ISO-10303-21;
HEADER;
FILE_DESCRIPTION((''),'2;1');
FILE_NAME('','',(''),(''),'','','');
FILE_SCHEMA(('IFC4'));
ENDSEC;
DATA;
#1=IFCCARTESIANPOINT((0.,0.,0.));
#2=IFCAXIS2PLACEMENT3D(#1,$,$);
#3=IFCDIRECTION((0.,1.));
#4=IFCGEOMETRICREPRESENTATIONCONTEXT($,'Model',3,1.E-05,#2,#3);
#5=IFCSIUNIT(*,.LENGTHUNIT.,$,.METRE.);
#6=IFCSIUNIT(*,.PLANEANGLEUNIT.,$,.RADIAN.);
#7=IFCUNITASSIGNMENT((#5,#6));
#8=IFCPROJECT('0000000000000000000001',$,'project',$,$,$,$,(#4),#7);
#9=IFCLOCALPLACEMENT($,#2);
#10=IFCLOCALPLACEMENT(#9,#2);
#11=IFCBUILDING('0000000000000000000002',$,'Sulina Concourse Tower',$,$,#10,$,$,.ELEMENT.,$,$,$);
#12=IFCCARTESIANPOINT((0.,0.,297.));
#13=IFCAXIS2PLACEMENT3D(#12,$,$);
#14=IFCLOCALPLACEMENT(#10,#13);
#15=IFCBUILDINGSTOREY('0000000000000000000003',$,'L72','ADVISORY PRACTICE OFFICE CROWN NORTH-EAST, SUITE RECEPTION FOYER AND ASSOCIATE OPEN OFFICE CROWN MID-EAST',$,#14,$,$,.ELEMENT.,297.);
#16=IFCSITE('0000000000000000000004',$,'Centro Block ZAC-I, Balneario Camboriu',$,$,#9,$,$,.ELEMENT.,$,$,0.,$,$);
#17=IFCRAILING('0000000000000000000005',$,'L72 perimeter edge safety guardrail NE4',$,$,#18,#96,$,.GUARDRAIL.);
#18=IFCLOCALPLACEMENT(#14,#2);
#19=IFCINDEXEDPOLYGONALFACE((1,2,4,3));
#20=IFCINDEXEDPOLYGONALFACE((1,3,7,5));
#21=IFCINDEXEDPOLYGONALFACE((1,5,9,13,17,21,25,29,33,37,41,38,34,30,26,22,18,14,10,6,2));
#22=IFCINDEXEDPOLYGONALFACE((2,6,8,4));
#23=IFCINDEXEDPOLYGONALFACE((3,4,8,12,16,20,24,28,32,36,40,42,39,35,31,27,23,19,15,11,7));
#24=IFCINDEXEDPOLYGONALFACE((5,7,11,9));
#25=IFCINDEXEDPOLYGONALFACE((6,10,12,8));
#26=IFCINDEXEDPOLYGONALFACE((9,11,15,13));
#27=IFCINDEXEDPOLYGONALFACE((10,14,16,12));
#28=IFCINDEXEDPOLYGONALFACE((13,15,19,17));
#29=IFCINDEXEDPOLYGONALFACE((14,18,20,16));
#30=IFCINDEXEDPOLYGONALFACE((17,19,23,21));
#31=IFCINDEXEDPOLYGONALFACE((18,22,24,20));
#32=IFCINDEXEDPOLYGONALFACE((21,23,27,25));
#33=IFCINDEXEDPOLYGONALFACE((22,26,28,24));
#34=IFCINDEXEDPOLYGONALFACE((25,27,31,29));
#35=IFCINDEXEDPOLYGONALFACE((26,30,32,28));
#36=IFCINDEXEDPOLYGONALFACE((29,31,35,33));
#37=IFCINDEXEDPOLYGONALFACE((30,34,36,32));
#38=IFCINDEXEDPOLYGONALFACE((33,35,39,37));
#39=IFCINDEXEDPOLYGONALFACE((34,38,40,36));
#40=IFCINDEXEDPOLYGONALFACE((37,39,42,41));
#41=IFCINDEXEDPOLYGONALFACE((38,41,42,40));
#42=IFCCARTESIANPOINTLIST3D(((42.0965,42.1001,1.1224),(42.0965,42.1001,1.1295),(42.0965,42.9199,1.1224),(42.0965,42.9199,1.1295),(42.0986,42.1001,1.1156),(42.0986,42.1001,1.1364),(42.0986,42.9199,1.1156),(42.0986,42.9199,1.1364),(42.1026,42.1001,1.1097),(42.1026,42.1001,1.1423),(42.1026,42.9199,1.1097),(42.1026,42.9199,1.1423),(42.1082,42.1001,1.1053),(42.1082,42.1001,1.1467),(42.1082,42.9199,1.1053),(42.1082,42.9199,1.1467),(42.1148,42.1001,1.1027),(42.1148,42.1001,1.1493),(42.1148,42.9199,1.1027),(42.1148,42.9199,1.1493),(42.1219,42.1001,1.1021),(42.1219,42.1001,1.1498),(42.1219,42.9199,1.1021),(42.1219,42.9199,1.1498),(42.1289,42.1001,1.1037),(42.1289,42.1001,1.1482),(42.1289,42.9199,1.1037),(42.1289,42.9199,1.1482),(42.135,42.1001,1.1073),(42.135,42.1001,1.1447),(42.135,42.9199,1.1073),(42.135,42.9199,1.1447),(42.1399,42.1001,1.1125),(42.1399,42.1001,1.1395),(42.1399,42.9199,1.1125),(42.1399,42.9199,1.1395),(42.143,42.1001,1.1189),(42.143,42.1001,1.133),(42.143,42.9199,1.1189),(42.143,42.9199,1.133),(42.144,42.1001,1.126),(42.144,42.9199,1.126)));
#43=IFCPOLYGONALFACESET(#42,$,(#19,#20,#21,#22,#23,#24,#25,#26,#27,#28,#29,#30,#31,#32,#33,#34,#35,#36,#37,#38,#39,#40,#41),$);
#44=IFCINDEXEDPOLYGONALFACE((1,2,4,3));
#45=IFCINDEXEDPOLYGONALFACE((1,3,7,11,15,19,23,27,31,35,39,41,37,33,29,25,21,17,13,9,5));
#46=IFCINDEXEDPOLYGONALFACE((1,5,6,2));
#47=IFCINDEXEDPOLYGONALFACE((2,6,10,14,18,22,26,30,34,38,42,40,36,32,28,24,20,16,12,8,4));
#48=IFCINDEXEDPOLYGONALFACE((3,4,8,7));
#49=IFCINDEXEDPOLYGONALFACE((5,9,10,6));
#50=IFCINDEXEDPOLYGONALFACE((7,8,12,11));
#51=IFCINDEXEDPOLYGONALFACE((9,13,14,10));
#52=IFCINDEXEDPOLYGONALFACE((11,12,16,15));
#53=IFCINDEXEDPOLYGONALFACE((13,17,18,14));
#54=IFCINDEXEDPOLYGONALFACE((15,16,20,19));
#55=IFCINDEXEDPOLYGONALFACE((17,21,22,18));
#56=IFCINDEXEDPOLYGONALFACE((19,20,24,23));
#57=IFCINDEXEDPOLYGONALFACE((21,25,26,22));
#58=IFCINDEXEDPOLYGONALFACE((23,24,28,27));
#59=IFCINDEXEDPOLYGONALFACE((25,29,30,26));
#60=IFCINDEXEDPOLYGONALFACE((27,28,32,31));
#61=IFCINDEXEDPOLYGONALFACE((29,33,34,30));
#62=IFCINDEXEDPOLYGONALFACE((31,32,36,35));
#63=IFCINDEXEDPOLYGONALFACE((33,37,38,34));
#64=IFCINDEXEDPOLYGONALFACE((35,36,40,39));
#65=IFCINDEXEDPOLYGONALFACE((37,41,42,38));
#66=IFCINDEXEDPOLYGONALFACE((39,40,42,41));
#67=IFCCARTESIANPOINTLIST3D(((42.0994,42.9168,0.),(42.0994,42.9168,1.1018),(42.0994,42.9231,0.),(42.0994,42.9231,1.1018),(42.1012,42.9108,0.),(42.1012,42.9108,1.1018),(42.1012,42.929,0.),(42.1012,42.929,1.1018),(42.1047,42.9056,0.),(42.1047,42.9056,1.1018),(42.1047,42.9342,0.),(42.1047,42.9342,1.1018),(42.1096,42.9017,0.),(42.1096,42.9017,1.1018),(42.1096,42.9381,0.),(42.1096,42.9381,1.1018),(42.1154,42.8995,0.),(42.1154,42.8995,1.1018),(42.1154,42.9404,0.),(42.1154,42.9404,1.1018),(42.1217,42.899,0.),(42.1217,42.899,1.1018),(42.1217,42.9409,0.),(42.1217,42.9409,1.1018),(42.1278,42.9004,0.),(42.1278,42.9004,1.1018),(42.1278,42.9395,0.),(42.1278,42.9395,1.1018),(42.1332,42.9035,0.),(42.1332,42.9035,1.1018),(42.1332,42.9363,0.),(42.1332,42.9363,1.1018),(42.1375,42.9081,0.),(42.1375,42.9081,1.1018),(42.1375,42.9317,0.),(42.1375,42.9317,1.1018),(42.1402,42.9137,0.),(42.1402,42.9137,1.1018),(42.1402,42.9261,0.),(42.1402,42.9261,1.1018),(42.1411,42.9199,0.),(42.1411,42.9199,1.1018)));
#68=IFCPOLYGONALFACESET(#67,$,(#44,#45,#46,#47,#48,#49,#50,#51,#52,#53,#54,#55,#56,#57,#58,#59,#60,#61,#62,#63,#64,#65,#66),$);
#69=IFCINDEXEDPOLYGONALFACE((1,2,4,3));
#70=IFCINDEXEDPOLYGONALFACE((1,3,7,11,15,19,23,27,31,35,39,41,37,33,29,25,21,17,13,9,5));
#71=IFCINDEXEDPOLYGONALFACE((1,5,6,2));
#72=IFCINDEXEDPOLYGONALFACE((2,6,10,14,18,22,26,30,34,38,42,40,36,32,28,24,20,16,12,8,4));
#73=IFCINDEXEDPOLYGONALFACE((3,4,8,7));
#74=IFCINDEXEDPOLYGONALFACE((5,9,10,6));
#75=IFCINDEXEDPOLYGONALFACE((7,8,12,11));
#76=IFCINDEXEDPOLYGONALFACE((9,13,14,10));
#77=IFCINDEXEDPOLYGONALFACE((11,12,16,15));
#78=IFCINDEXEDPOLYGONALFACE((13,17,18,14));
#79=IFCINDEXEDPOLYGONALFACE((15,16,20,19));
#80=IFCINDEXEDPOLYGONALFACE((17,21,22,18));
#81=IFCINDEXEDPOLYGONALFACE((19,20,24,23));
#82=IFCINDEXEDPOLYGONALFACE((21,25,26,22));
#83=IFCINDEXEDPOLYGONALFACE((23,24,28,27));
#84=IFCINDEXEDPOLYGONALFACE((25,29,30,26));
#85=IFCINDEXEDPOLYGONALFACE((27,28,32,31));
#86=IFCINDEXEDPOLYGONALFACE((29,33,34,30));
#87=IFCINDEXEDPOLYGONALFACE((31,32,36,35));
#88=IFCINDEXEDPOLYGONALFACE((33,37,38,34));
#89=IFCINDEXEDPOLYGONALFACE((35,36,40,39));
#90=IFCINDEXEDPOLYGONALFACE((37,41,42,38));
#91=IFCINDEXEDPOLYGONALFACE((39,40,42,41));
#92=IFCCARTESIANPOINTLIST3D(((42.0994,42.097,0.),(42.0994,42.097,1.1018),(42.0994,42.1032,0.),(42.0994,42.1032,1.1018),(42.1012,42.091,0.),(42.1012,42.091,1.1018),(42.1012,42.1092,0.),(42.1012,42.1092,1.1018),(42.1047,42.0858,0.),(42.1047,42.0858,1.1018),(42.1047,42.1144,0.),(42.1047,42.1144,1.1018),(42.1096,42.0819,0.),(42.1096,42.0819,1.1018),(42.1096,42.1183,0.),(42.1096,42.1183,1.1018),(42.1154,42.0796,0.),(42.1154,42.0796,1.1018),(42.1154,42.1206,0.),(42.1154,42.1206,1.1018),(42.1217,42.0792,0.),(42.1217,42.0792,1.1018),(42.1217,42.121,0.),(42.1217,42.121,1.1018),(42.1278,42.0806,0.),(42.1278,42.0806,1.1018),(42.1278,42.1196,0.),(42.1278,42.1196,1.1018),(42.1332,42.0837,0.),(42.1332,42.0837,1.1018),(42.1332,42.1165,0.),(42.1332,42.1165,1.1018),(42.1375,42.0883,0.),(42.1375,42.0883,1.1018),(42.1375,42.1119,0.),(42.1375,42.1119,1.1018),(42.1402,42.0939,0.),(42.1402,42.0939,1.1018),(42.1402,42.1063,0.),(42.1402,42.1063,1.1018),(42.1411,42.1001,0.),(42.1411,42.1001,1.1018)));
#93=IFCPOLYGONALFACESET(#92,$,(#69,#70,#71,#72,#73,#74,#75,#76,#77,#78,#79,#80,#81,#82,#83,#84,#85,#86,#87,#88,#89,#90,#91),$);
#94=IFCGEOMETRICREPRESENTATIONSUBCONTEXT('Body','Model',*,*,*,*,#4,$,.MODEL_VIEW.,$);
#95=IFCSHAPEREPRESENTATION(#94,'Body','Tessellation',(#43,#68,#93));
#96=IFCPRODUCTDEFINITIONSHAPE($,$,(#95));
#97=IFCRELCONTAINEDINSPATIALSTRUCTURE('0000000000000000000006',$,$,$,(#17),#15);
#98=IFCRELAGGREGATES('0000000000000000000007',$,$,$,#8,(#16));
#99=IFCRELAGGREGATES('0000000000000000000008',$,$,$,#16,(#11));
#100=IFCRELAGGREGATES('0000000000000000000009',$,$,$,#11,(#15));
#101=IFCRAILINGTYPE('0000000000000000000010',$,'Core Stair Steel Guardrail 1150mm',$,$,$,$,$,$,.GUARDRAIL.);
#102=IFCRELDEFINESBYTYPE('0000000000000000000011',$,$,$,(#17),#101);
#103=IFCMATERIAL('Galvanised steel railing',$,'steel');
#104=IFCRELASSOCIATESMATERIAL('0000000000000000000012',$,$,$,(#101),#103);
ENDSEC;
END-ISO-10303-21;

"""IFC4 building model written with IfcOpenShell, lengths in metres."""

from ifc_helpers import new_model, si_unit, direction, frame, origin, origin_2d, place, context, subcontext, project, spatial, circle, extrude, material, type_object, element, save


model = new_model("IFC4")

# Units and contexts
model_context = context("Model", 3, precision=1e-05, world=origin(), true_north=direction((0.0, 1.0)))
body_context = subcontext(model_context, "Body", "Model", "MODEL_VIEW")
ifc_project = project(units=[si_unit("LENGTHUNIT", "METRE"), si_unit("PLANEANGLEUNIT", "RADIAN")], contexts=[model_context])

# Site, building, storey
site_placement = place(None, origin())
site = spatial("IfcSite", under=ifc_project, at=site_placement, Name="Centro Block ZAC-I, Balneario Camboriu", CompositionType="ELEMENT", RefElevation=0.0)
building_placement = place(site_placement, origin())
building = spatial("IfcBuilding", under=site, at=building_placement, Name="Sulina Concourse Tower", CompositionType="ELEMENT")
storey_placement = place(building_placement, frame((0.0, 0.0, 297.0)))
storey = spatial("IfcBuildingStorey", under=building, at=storey_placement, Name="L72", Description="ADVISORY PRACTICE OFFICE CROWN NORTH-EAST, SUITE RECEPTION FOYER AND ASSOCIATE OPEN OFFICE CROWN MID-EAST", CompositionType="ELEMENT", Elevation=297.0)

# Railing
ifc_material_1 = material(Name="Galvanised steel railing", Category="steel")
railing_type_1 = type_object("IfcRailingType", Name="Core Stair Steel Guardrail 1150mm", PredefinedType="GUARDRAIL", material=ifc_material_1)
railing_1_placement = place(storey_placement, frame((42.1201, 42.9199, 0.0)))
element("IfcRailing", 1, at=railing_1_placement, inside=storey, type_object=railing_type_1, Name="L72 perimeter edge safety guardrail NE4", PredefinedType="GUARDRAIL", context=body_context, shape_type="SweptSolid", body=[
    extrude(circle(Radius=0.0239, at=origin_2d()), frame((0.0, 0.0, 1.126), z_axis=(0.0, -1.0, 0.0), x_axis=(1.0, 0.0, 0.0)), (0.0, 0.0, 1.0), 0.8198),
    extrude(circle(Radius=0.021, at=origin_2d()), origin(), (0.0, 0.0, 1.0), 1.1018),
    extrude(circle(Radius=0.021, at=origin_2d()), frame((0.0, -0.8198, 0.0)), (0.0, 0.0, 1.0), 1.1018),
])

save(model, "model.ifc")
